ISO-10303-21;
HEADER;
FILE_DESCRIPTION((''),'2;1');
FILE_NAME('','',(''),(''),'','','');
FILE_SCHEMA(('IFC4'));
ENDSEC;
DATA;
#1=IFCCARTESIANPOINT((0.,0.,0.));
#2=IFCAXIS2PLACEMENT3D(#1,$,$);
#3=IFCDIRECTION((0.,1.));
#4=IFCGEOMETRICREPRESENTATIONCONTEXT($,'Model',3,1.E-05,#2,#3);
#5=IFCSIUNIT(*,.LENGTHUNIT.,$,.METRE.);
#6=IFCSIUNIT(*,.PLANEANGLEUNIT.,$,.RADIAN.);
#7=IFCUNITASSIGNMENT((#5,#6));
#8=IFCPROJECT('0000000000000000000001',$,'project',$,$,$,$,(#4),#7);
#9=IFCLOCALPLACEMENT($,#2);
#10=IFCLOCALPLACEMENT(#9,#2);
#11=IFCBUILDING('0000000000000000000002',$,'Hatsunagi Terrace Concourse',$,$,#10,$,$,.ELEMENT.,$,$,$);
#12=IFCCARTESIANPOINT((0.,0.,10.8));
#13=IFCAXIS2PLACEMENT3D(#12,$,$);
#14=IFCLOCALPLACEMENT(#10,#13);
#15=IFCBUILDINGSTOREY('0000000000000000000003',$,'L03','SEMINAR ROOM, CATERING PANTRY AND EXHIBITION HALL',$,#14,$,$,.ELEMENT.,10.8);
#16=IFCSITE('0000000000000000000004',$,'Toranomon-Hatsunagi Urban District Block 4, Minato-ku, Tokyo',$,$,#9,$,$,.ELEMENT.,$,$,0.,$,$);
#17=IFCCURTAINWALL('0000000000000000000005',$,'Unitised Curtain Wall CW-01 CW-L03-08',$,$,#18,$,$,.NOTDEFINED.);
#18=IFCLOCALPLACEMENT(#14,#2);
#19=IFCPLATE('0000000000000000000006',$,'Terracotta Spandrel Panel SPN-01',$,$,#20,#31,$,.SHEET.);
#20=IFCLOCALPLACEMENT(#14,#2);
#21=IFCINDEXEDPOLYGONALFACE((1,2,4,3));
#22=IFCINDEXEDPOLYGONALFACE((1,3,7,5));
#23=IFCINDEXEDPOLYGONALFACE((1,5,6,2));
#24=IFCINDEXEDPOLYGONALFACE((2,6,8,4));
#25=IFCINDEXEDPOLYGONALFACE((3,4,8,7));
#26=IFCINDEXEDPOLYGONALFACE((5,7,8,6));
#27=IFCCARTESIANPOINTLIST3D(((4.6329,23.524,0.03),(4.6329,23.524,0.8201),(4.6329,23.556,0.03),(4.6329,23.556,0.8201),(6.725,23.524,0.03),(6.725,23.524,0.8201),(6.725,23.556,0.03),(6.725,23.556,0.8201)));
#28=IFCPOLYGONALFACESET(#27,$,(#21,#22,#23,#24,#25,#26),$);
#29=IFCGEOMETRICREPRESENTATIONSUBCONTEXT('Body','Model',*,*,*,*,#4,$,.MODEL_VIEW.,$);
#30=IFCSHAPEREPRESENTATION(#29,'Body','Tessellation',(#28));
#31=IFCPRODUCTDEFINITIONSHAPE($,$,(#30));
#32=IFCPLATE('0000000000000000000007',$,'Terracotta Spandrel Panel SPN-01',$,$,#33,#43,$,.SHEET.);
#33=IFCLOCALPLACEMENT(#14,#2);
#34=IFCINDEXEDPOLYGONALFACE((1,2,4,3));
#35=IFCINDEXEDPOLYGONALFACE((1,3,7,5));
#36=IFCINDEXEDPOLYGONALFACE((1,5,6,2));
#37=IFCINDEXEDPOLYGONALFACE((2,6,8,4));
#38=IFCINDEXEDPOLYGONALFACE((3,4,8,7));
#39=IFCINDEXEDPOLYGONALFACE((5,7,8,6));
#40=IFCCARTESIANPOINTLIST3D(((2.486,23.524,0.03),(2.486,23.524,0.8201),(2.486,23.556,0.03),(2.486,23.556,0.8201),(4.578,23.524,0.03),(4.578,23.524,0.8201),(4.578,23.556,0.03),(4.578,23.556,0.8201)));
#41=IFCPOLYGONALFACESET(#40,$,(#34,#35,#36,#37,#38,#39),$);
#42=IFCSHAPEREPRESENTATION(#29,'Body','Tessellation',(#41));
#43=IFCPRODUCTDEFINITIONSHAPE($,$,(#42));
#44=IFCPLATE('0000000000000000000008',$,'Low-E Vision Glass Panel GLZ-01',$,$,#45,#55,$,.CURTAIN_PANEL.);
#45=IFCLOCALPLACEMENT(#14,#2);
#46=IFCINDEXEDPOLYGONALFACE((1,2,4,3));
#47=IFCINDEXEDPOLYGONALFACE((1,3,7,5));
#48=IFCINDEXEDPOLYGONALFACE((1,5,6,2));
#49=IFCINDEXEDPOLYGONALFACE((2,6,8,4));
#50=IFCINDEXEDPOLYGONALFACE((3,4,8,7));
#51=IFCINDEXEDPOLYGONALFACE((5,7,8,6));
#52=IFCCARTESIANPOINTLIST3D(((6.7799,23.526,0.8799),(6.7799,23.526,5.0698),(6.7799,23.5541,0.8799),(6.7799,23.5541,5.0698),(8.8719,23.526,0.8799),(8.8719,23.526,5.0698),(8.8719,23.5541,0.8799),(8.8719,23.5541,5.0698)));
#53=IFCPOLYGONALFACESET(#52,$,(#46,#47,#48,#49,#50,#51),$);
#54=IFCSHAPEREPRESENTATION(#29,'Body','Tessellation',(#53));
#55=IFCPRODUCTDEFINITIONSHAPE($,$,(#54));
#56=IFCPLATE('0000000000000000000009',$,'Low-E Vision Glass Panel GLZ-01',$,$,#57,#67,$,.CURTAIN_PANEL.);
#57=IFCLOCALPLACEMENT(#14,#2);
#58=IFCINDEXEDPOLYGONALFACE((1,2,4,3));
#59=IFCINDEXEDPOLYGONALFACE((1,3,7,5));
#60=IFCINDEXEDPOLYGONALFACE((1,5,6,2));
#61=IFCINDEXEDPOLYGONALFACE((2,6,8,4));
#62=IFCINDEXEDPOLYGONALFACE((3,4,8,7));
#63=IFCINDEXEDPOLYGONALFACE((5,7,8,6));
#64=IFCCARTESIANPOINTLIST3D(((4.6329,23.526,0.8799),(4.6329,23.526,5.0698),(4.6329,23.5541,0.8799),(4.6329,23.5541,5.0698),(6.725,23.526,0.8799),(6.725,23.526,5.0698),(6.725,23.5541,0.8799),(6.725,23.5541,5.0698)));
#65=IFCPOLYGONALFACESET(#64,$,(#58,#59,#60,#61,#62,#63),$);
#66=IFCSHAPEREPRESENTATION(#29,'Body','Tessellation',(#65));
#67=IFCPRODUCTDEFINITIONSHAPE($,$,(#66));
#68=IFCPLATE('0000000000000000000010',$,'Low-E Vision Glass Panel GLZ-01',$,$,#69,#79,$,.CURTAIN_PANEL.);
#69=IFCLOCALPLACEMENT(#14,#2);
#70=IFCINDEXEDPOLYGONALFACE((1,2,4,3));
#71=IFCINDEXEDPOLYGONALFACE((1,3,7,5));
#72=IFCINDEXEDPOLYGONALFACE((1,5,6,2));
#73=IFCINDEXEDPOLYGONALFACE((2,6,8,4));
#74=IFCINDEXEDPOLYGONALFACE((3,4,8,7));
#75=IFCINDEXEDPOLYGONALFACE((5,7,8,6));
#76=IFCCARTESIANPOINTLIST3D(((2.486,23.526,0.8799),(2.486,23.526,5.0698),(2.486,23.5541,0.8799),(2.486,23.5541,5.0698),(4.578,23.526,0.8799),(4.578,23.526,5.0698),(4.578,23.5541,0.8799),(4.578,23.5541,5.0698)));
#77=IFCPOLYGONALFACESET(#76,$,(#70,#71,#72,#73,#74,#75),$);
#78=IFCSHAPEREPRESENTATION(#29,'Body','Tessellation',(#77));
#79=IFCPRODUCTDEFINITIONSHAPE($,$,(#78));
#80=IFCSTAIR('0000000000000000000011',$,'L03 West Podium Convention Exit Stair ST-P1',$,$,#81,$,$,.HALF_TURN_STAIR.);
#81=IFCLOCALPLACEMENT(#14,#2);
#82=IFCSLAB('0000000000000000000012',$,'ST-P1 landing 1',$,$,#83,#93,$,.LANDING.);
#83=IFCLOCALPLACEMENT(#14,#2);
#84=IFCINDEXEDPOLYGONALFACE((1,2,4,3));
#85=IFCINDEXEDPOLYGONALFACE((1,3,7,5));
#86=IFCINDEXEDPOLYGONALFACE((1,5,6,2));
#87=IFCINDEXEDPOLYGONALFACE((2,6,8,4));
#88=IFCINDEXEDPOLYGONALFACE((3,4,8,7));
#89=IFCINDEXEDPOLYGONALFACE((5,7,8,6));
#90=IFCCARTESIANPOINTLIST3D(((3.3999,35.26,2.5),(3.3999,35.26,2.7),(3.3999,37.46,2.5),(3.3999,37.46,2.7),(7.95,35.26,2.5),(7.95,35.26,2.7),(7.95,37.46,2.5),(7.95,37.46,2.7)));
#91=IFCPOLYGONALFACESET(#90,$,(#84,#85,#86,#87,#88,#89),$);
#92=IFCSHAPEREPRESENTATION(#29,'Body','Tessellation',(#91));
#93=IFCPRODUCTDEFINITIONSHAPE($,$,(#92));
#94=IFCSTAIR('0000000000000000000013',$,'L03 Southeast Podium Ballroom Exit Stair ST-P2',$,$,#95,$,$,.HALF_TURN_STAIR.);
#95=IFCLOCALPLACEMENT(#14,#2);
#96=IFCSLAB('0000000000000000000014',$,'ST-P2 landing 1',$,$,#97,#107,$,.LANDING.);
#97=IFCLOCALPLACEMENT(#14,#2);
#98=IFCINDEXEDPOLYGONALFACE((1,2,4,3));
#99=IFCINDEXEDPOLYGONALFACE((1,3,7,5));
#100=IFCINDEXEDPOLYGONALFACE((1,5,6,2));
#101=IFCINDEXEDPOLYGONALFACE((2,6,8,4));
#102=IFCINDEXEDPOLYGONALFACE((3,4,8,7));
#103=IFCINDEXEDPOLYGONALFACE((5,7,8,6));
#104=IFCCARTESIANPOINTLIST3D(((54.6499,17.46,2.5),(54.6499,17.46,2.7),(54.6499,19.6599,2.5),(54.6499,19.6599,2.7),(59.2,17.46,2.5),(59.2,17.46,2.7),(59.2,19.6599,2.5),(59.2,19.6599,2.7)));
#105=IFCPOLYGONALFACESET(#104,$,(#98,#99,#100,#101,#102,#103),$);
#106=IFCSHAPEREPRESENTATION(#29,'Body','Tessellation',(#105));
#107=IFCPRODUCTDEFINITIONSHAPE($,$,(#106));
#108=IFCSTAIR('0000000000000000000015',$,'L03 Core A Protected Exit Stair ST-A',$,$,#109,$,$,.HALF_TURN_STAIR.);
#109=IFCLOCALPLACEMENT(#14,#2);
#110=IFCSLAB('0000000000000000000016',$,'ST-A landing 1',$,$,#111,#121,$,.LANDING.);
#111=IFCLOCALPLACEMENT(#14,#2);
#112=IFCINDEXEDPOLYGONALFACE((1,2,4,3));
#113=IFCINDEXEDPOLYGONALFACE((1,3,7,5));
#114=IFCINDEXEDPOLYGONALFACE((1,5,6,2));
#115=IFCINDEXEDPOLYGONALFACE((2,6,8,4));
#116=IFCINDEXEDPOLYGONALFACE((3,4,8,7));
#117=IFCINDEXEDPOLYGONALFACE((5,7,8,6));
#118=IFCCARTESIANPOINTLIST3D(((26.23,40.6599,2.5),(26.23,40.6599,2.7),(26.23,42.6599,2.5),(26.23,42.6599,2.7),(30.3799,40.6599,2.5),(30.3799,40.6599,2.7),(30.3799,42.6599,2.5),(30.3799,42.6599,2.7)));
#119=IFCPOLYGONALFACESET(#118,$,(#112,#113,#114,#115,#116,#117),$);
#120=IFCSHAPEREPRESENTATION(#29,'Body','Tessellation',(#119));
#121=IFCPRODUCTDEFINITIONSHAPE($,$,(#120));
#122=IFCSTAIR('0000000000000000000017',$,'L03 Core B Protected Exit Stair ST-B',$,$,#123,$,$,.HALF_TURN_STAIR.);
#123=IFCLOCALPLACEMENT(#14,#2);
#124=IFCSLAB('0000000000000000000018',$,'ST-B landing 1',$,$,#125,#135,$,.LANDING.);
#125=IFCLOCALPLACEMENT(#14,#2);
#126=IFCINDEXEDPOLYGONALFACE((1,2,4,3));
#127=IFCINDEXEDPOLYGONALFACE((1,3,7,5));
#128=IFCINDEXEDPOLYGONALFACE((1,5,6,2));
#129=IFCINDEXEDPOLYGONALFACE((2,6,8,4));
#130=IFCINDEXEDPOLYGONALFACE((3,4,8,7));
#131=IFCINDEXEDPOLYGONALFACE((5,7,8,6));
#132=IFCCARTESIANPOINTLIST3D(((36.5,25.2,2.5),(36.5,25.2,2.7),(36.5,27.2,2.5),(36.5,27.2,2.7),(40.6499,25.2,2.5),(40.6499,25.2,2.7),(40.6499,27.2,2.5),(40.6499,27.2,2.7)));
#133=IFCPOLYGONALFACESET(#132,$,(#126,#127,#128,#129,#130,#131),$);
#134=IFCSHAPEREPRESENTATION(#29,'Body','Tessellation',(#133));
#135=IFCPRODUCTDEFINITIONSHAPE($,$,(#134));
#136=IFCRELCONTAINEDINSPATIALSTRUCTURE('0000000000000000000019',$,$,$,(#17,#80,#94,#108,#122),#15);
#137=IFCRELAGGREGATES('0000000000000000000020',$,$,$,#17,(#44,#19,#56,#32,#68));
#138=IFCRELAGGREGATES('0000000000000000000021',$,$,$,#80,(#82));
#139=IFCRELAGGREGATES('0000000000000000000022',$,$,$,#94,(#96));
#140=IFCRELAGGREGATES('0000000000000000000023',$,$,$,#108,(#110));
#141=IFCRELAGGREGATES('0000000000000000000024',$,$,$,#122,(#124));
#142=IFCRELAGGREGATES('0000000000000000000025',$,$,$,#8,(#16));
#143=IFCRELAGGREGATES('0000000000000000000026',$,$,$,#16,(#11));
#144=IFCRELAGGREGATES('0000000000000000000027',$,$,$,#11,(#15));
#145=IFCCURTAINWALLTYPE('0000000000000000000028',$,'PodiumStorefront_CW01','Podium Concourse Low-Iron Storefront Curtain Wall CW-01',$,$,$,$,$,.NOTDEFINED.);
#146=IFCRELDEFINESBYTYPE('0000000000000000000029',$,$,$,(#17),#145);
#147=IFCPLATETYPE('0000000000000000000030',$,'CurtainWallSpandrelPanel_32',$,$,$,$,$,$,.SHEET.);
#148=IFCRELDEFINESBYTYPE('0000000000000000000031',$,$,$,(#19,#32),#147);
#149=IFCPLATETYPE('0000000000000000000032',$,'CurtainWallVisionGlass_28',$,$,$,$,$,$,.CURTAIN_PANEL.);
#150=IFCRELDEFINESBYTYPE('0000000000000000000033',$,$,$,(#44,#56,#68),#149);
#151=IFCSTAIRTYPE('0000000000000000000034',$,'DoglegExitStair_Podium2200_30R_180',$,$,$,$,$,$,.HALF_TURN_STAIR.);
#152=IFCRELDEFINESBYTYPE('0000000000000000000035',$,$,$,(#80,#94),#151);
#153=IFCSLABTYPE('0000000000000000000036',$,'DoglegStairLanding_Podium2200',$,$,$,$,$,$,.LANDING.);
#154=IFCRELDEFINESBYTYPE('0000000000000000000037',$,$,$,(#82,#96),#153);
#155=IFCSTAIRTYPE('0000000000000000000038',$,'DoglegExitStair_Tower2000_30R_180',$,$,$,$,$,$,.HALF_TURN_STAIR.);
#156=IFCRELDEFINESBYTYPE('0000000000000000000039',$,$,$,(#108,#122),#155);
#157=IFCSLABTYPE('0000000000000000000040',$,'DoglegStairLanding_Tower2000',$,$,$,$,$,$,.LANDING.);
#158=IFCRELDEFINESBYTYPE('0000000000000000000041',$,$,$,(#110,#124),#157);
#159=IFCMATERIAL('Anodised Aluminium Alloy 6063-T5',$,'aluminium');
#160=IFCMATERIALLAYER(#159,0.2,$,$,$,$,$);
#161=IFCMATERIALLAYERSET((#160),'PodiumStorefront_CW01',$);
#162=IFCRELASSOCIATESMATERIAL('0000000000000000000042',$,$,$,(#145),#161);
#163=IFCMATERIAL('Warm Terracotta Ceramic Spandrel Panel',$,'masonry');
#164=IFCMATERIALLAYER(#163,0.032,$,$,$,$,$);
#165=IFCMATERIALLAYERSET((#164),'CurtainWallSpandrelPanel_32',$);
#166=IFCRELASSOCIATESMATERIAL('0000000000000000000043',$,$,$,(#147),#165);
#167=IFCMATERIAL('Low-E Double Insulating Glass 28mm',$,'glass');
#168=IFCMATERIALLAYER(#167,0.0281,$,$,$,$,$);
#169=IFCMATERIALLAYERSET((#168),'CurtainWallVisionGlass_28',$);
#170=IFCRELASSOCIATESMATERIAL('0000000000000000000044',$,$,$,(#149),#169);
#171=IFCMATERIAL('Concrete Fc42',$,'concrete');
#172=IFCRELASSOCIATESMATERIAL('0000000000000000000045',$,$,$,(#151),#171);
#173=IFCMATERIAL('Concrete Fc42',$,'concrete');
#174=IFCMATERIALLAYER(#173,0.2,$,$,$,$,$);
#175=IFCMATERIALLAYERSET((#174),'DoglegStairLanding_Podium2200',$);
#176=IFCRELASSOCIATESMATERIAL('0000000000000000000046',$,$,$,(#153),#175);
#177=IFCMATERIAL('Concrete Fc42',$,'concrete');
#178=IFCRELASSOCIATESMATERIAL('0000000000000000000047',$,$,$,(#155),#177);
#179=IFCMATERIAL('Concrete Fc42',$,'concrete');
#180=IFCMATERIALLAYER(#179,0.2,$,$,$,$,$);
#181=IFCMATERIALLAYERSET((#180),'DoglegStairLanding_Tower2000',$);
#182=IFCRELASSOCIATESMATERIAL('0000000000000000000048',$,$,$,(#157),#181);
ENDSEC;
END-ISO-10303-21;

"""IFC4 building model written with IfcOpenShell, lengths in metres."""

from ifc_helpers import new_model, si_unit, direction, frame, origin, origin_2d, place, context, subcontext, project, spatial, polyline, rectangle, outline, extrude, material, layer, layer_set, type_object, element, aggregate, save


model = new_model("IFC4")

# Units and contexts
model_context = context("Model", 3, precision=1e-05, world=origin(), true_north=direction((0.0, 1.0)))
body_context = subcontext(model_context, "Body", "Model", "MODEL_VIEW")
ifc_project = project(units=[si_unit("LENGTHUNIT", "METRE"), si_unit("PLANEANGLEUNIT", "RADIAN")], contexts=[model_context])

# Site, building, storey
site_placement = place(None, origin())
site = spatial("IfcSite", under=ifc_project, at=site_placement, Name="Toranomon-Hatsunagi Urban District Block 4, Minato-ku, Tokyo", CompositionType="ELEMENT", RefElevation=0.0)
building_placement = place(site_placement, origin())
building = spatial("IfcBuilding", under=site, at=building_placement, Name="Hatsunagi Terrace Concourse", CompositionType="ELEMENT")
storey_placement = place(building_placement, frame((0.0, 0.0, 10.8)))
storey = spatial("IfcBuildingStorey", under=building, at=storey_placement, Name="L03", Description="SEMINAR ROOM, CATERING PANTRY AND EXHIBITION HALL", CompositionType="ELEMENT", Elevation=10.8)

# Curtain wall
ifc_material_1 = material(Name="Anodised Aluminium Alloy 6063-T5", Category="aluminium")
ifc_layer_1 = layer(ifc_material_1, 0.2)
ifc_layer_set_1 = layer_set([ifc_layer_1], Name="PodiumStorefront_CW01")
curtain_wall_type = type_object("IfcCurtainWallType", Name="PodiumStorefront_CW01", Description="Podium Concourse Low-Iron Storefront Curtain Wall CW-01", PredefinedType="NOTDEFINED", material=ifc_layer_set_1)
curtain_wall_placement = place(storey_placement, origin())
curtain_wall = element("IfcCurtainWall", 1, at=curtain_wall_placement, inside=storey, type_object=curtain_wall_type, Name="Unitised Curtain Wall CW-01 CW-L03-08", PredefinedType="NOTDEFINED")

# Plates
ifc_material_2 = material(Name="Warm Terracotta Ceramic Spandrel Panel", Category="masonry")
ifc_layer_2 = layer(ifc_material_2, 0.032)
ifc_layer_set_2 = layer_set([ifc_layer_2], Name="CurtainWallSpandrelPanel_32")
plate_type_1 = type_object("IfcPlateType", Name="CurtainWallSpandrelPanel_32", PredefinedType="SHEET", material=ifc_layer_set_2)
plate_1_placement = place(storey_placement, frame((5.679, 23.54, 0.03), z_axis=(0.0, 0.0, 1.0), x_axis=(-1.0, 0.0, 0.0)))
plate_1 = element("IfcPlate", 2, at=plate_1_placement, type_object=plate_type_1, Name="Terracotta Spandrel Panel SPN-01", PredefinedType="SHEET", context=body_context, shape_type="SweptSolid", body=[
    extrude(rectangle(XDim=2.092, YDim=0.032, at=origin_2d()), origin(), (0.0, 0.0, 1.0), 0.79),
])
plate_2_placement = place(storey_placement, frame((3.532, 23.54, 0.03), z_axis=(0.0, 0.0, 1.0), x_axis=(-1.0, 0.0, 0.0)))
plate_2 = element("IfcPlate", 3, at=plate_2_placement, type_object=plate_type_1, Name="Terracotta Spandrel Panel SPN-01", PredefinedType="SHEET", context=body_context, shape_type="SweptSolid", body=[
    extrude(rectangle(XDim=2.092, YDim=0.032, at=origin_2d()), origin(), (0.0, 0.0, 1.0), 0.79),
])
ifc_material_3 = material(Name="Low-E Double Insulating Glass 28mm", Category="glass")
ifc_layer_3 = layer(ifc_material_3, 0.0281)
ifc_layer_set_3 = layer_set([ifc_layer_3], Name="CurtainWallVisionGlass_28")
plate_type_2 = type_object("IfcPlateType", Name="CurtainWallVisionGlass_28", PredefinedType="CURTAIN_PANEL", material=ifc_layer_set_3)
plate_3_placement = place(storey_placement, frame((7.8259, 23.54, 0.8799), z_axis=(0.0, 0.0, 1.0), x_axis=(-1.0, 0.0, 0.0)))
plate_3 = element("IfcPlate", 4, at=plate_3_placement, type_object=plate_type_2, Name="Low-E Vision Glass Panel GLZ-01", PredefinedType="CURTAIN_PANEL", context=body_context, shape_type="SweptSolid", body=[
    extrude(rectangle(XDim=2.092, YDim=0.0281, at=origin_2d()), origin(), (0.0, 0.0, 1.0), 4.1899),
])
plate_4_placement = place(storey_placement, frame((5.679, 23.54, 0.8799), z_axis=(0.0, 0.0, 1.0), x_axis=(-1.0, 0.0, 0.0)))
plate_4 = element("IfcPlate", 5, at=plate_4_placement, type_object=plate_type_2, Name="Low-E Vision Glass Panel GLZ-01", PredefinedType="CURTAIN_PANEL", context=body_context, shape_type="SweptSolid", body=[
    extrude(rectangle(XDim=2.092, YDim=0.0281, at=origin_2d()), origin(), (0.0, 0.0, 1.0), 4.1899),
])
plate_5_placement = place(storey_placement, frame((3.532, 23.54, 0.8799), z_axis=(0.0, 0.0, 1.0), x_axis=(-1.0, 0.0, 0.0)))
plate_5 = element("IfcPlate", 6, at=plate_5_placement, type_object=plate_type_2, Name="Low-E Vision Glass Panel GLZ-01", PredefinedType="CURTAIN_PANEL", context=body_context, shape_type="SweptSolid", body=[
    extrude(rectangle(XDim=2.092, YDim=0.0281, at=origin_2d()), origin(), (0.0, 0.0, 1.0), 4.1899),
])
aggregate(curtain_wall, [plate_3, plate_1, plate_4, plate_2, plate_5])

# Stairs, slabs
ifc_material_4 = material(Name="Concrete Fc42", Category="concrete")
stair_type_1 = type_object("IfcStairType", Name="DoglegExitStair_Podium2200_30R_180", PredefinedType="HALF_TURN_STAIR", material=ifc_material_4)
stair_1_placement = place(storey_placement, origin())
stair_1 = element("IfcStair", 7, at=stair_1_placement, inside=storey, type_object=stair_type_1, Name="L03 West Podium Convention Exit Stair ST-P1", PredefinedType="HALF_TURN_STAIR")
ifc_material_5 = material(Name="Concrete Fc42", Category="concrete")
ifc_layer_4 = layer(ifc_material_5, 0.2)
ifc_layer_set_4 = layer_set([ifc_layer_4], Name="DoglegStairLanding_Podium2200")
slab_type_1 = type_object("IfcSlabType", Name="DoglegStairLanding_Podium2200", PredefinedType="LANDING", material=ifc_layer_set_4)
slab_1_placement = place(storey_placement, frame((0.0, 0.0, 2.5)))
slab_1 = element("IfcSlab", 8, at=slab_1_placement, type_object=slab_type_1, Name="ST-P1 landing 1", PredefinedType="LANDING", context=body_context, shape_type="SweptSolid", body=[
    extrude(outline(polyline([(7.95, 35.26), (7.95, 37.46), (3.3999, 37.46), (3.3999, 35.26), (7.95, 35.26)])), origin(), (0.0, 0.0, 1.0), 0.2),
])
aggregate(stair_1, [slab_1])
stair_2_placement = place(storey_placement, origin())
stair_2 = element("IfcStair", 9, at=stair_2_placement, inside=storey, type_object=stair_type_1, Name="L03 Southeast Podium Ballroom Exit Stair ST-P2", PredefinedType="HALF_TURN_STAIR")
slab_2_placement = place(storey_placement, frame((0.0, 0.0, 2.5)))
slab_2 = element("IfcSlab", 10, at=slab_2_placement, type_object=slab_type_1, Name="ST-P2 landing 1", PredefinedType="LANDING", context=body_context, shape_type="SweptSolid", body=[
    extrude(outline(polyline([(59.2, 17.46), (59.2, 19.6599), (54.6499, 19.6599), (54.6499, 17.46), (59.2, 17.46)])), origin(), (0.0, 0.0, 1.0), 0.2),
])
aggregate(stair_2, [slab_2])
ifc_material_6 = material(Name="Concrete Fc42", Category="concrete")
stair_type_2 = type_object("IfcStairType", Name="DoglegExitStair_Tower2000_30R_180", PredefinedType="HALF_TURN_STAIR", material=ifc_material_6)
stair_3_placement = place(storey_placement, origin())
stair_3 = element("IfcStair", 11, at=stair_3_placement, inside=storey, type_object=stair_type_2, Name="L03 Core A Protected Exit Stair ST-A", PredefinedType="HALF_TURN_STAIR")
ifc_material_7 = material(Name="Concrete Fc42", Category="concrete")
ifc_layer_5 = layer(ifc_material_7, 0.2)
ifc_layer_set_5 = layer_set([ifc_layer_5], Name="DoglegStairLanding_Tower2000")
slab_type_2 = type_object("IfcSlabType", Name="DoglegStairLanding_Tower2000", PredefinedType="LANDING", material=ifc_layer_set_5)
slab_3_placement = place(storey_placement, frame((0.0, 0.0, 2.5)))
slab_3 = element("IfcSlab", 12, at=slab_3_placement, type_object=slab_type_2, Name="ST-A landing 1", PredefinedType="LANDING", context=body_context, shape_type="SweptSolid", body=[
    extrude(outline(polyline([(30.3799, 40.6599), (30.3799, 42.6599), (26.23, 42.6599), (26.23, 40.6599), (30.3799, 40.6599)])), origin(), (0.0, 0.0, 1.0), 0.2),
])
aggregate(stair_3, [slab_3])
stair_4_placement = place(storey_placement, origin())
stair_4 = element("IfcStair", 13, at=stair_4_placement, inside=storey, type_object=stair_type_2, Name="L03 Core B Protected Exit Stair ST-B", PredefinedType="HALF_TURN_STAIR")
slab_4_placement = place(storey_placement, frame((0.0, 0.0, 2.5)))
slab_4 = element("IfcSlab", 14, at=slab_4_placement, type_object=slab_type_2, Name="ST-B landing 1", PredefinedType="LANDING", context=body_context, shape_type="SweptSolid", body=[
    extrude(outline(polyline([(36.5, 27.2), (36.5, 25.2), (40.6499, 25.2), (40.6499, 27.2), (36.5, 27.2)])), origin(), (0.0, 0.0, 1.0), 0.2),
])
aggregate(stair_4, [slab_4])

save(model, "model.ifc")
